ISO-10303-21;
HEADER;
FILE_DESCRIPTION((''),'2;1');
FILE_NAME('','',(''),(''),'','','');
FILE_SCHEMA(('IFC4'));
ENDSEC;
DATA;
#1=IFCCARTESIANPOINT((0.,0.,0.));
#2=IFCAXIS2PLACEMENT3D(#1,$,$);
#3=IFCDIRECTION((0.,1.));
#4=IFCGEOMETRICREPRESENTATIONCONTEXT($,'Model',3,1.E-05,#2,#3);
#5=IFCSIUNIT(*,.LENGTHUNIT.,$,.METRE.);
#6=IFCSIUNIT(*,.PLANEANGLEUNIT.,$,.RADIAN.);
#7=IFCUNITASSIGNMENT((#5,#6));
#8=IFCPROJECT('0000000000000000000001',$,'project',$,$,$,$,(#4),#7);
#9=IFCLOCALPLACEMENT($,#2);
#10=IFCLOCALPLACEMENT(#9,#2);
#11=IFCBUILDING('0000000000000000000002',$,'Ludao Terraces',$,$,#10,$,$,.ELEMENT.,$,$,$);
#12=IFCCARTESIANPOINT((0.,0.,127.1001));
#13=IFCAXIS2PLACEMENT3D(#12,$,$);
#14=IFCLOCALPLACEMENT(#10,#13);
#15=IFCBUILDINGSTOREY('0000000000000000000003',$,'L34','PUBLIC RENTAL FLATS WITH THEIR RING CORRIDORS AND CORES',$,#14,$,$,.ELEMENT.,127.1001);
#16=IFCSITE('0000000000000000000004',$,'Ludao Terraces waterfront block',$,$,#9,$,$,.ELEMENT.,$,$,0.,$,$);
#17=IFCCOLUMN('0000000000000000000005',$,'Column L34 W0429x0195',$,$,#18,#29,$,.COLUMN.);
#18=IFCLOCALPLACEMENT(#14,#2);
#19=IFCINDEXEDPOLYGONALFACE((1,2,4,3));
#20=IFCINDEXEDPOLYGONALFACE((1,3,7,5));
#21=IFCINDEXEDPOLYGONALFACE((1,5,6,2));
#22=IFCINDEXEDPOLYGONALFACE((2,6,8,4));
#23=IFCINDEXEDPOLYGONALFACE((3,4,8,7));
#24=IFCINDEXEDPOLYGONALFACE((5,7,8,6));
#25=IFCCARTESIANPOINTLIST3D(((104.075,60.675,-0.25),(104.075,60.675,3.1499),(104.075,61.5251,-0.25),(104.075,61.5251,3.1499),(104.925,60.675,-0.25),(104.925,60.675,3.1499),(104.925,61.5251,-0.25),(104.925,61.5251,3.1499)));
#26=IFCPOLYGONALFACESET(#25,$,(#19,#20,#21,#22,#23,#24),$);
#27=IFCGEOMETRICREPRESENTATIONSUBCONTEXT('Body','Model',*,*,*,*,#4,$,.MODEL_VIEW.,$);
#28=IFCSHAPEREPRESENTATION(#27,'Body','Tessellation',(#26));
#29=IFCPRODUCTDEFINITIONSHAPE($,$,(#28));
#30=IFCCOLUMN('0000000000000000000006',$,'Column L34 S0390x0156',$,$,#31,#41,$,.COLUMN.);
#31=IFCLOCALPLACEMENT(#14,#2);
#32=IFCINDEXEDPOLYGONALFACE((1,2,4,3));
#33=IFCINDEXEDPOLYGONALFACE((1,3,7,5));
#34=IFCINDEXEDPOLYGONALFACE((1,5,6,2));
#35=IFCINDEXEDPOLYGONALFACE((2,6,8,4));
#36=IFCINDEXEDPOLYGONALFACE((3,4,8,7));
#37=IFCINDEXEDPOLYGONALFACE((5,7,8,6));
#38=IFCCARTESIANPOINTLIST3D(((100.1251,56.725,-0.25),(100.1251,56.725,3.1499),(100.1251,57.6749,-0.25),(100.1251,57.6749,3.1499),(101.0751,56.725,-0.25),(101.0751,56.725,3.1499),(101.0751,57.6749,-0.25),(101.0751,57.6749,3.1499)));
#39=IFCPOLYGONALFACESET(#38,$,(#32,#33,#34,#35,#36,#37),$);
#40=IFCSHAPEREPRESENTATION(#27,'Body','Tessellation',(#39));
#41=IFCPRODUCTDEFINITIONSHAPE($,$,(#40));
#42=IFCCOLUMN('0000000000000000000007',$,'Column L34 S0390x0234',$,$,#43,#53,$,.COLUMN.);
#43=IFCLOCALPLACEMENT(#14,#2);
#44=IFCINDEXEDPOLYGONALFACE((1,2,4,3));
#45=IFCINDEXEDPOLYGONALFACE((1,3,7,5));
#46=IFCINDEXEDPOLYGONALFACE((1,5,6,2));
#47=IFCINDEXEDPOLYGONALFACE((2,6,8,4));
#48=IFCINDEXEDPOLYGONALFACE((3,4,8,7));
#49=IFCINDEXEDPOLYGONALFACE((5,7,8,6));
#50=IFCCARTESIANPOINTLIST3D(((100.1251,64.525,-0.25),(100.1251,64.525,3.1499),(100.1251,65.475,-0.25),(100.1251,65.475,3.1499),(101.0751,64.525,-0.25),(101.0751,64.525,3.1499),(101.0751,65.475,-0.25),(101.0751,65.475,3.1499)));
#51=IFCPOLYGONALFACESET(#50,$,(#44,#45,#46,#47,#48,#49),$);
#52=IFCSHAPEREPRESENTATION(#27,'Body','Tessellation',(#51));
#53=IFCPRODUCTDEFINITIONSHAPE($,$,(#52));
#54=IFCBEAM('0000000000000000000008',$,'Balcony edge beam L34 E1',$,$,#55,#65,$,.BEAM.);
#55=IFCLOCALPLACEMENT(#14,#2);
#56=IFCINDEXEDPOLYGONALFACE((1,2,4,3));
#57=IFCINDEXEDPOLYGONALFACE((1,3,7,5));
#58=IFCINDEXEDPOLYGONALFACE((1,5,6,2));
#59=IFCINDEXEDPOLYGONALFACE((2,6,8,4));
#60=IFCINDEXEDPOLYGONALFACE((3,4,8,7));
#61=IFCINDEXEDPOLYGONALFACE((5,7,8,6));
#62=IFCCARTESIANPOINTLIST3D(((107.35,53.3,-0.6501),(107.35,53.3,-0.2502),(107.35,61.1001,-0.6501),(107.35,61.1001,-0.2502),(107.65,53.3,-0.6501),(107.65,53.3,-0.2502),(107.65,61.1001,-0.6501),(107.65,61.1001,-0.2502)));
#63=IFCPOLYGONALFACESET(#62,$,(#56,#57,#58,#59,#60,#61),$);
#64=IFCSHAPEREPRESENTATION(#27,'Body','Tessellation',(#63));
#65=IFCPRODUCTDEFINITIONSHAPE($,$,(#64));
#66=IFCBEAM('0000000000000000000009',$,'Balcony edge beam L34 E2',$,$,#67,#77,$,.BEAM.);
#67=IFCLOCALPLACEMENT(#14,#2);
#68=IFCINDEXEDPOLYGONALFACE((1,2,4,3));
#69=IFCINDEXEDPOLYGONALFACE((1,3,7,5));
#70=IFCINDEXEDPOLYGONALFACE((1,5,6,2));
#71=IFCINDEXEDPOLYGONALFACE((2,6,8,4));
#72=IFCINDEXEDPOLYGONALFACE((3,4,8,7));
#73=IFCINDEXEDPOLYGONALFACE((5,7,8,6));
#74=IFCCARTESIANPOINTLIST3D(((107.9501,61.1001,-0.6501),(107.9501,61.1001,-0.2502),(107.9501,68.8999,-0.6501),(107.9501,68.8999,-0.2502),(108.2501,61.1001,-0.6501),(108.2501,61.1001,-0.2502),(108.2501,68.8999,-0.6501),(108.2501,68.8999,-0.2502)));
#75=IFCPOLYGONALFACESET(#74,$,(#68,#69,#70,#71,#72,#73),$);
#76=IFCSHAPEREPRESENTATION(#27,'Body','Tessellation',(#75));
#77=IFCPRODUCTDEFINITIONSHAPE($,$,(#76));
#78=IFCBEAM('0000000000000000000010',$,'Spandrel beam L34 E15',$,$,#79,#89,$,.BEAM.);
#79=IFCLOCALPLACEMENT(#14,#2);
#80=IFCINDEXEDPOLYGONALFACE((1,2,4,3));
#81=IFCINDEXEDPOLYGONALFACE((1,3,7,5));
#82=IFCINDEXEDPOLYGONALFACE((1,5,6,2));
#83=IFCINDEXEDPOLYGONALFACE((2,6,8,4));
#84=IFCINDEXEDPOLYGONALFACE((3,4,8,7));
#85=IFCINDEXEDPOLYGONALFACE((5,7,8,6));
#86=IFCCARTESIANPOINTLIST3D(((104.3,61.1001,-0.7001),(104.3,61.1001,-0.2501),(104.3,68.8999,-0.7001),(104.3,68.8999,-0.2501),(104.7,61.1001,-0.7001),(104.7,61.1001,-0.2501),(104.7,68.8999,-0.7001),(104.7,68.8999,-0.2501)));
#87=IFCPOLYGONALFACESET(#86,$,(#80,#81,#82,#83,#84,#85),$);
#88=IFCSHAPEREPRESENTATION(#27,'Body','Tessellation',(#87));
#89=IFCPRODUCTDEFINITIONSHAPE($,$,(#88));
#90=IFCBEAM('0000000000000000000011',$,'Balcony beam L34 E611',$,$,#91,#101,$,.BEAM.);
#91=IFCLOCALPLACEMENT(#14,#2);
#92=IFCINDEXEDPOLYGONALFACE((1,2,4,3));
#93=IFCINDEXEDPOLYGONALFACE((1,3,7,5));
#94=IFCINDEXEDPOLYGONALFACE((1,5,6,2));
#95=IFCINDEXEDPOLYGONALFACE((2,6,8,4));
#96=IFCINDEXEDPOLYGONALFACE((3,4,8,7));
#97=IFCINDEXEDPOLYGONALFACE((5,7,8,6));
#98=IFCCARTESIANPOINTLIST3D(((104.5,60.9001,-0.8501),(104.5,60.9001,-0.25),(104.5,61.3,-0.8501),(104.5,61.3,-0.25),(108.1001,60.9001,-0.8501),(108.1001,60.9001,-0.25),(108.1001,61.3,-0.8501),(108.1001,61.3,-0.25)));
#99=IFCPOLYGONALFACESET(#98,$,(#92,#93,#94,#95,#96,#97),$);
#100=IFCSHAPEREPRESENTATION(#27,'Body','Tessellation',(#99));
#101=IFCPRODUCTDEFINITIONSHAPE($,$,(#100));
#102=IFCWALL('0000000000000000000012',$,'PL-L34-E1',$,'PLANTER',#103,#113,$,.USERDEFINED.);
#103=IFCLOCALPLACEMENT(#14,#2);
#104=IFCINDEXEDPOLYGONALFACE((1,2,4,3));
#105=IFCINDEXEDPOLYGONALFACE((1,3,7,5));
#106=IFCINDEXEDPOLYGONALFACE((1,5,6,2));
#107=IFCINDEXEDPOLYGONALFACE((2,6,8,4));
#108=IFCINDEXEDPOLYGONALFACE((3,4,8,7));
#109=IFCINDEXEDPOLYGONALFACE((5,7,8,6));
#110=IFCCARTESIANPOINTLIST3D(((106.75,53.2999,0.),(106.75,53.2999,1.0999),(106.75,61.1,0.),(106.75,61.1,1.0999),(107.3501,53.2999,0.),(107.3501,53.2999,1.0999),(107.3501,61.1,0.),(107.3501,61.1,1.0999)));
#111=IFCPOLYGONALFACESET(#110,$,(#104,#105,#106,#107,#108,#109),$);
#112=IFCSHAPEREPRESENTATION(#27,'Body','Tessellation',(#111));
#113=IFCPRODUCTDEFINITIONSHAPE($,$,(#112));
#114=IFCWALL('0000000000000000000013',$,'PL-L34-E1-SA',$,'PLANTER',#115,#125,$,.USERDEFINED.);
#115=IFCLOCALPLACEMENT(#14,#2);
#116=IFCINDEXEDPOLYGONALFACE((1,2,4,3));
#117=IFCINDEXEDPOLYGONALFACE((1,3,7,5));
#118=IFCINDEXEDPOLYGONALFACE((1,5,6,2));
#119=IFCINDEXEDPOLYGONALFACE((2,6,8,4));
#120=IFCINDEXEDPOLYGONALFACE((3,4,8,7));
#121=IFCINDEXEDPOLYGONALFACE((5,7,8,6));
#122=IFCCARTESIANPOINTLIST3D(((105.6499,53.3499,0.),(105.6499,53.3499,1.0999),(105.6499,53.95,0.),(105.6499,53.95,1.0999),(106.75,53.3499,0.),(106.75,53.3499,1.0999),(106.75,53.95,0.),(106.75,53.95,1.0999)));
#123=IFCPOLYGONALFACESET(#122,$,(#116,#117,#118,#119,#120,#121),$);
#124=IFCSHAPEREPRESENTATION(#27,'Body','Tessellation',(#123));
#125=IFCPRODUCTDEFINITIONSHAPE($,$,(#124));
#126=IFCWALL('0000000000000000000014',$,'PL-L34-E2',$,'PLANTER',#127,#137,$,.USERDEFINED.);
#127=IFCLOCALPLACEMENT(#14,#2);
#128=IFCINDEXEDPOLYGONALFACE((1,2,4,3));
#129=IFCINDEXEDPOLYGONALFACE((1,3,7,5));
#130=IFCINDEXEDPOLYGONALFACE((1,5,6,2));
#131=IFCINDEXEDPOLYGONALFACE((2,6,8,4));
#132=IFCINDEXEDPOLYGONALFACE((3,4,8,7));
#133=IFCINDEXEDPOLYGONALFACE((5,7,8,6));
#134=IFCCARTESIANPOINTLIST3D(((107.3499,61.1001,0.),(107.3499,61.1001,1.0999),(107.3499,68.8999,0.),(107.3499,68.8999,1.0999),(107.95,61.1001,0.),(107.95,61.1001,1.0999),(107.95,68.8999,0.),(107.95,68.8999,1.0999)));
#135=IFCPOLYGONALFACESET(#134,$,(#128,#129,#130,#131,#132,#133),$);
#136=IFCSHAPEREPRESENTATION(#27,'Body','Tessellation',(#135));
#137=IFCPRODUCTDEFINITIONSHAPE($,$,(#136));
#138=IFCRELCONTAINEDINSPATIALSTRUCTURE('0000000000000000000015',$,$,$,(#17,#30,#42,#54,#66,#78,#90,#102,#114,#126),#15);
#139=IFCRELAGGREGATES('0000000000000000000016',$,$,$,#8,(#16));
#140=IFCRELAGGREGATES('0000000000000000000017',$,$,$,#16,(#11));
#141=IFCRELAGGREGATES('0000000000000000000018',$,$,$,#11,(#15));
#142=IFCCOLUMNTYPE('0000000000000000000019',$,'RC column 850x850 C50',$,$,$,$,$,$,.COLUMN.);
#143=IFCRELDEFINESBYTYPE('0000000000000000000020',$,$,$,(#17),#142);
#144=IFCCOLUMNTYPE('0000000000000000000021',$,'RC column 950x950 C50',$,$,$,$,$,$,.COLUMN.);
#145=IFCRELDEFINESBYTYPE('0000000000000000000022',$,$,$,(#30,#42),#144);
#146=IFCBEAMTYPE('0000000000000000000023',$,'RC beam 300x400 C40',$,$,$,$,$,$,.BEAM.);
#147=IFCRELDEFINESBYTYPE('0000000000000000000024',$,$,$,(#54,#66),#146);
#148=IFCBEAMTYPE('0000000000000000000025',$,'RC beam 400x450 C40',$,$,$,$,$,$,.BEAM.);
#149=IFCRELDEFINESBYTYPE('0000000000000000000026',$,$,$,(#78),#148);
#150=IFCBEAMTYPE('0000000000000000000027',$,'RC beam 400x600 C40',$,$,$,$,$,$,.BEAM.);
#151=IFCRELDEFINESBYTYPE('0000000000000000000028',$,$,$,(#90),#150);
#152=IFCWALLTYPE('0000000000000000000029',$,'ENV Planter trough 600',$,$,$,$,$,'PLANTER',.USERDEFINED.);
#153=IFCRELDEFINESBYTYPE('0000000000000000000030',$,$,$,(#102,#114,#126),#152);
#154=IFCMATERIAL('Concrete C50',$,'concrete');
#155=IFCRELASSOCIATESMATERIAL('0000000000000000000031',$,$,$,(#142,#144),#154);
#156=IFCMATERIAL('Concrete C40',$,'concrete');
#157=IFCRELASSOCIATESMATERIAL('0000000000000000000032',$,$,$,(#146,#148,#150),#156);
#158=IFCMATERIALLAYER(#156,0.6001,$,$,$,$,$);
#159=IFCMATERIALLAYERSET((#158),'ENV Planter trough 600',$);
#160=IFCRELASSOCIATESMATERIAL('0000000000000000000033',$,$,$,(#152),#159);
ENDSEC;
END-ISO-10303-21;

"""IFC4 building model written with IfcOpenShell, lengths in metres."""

from ifc_helpers import new_model, si_unit, direction, frame, frame_2d, origin, origin_2d, place, context, subcontext, project, spatial, rectangle, extrude, material, layer, layer_set, material_profile, profile_set, type_object, element, save


model = new_model("IFC4")

# Units and contexts
model_context = context("Model", 3, precision=1e-05, world=origin(), true_north=direction((0.0, 1.0)))
body_context = subcontext(model_context, "Body", "Model", "MODEL_VIEW")
ifc_project = project(units=[si_unit("LENGTHUNIT", "METRE"), si_unit("PLANEANGLEUNIT", "RADIAN")], contexts=[model_context])

# Site, building, storey
site_placement = place(None, origin())
site = spatial("IfcSite", under=ifc_project, at=site_placement, Name="Ludao Terraces waterfront block", CompositionType="ELEMENT", RefElevation=0.0)
building_placement = place(site_placement, origin())
building = spatial("IfcBuilding", under=site, at=building_placement, Name="Ludao Terraces", CompositionType="ELEMENT")
storey_placement = place(building_placement, frame((0.0, 0.0, 127.1001)))
storey = spatial("IfcBuildingStorey", under=building, at=storey_placement, Name="L34", Description="PUBLIC RENTAL FLATS WITH THEIR RING CORRIDORS AND CORES", CompositionType="ELEMENT", Elevation=127.1001)

# Columns
ifc_material_1 = material(Name="Concrete C50", Category="concrete")
ifc_material_profile_1 = material_profile(ifc_material_1, rectangle(XDim=0.8501, YDim=0.8501, at=origin_2d()), Name="850 X 850")
ifc_profile_set_1 = profile_set([ifc_material_profile_1], Name="Concrete C50")
column_type_1 = type_object("IfcColumnType", Name="RC column 850x850 C50", PredefinedType="COLUMN", material=ifc_profile_set_1)
column_placement = place(storey_placement, frame((104.5, 61.1001, -0.25), z_axis=(0.0, 0.0, 1.0), x_axis=(1.0, 0.0, 0.0)))
element("IfcColumn", 1, at=column_placement, inside=storey, type_object=column_type_1, Name="Column L34 W0429x0195", PredefinedType="COLUMN", context=body_context, shape_type="SweptSolid", body=[
    extrude(rectangle(XDim=0.8501, YDim=0.8501, at=origin_2d()), origin(), (0.0, 0.0, 1.0), 3.3999),
])
ifc_material_profile_2 = material_profile(ifc_material_1, rectangle(XDim=0.95, YDim=0.95, at=origin_2d()), Name="950 X 950")
ifc_profile_set_2 = profile_set([ifc_material_profile_2], Name="Concrete C50")
column_type_2 = type_object("IfcColumnType", Name="RC column 950x950 C50", PredefinedType="COLUMN", material=ifc_profile_set_2)
for number, where, z_axis, x_axis, name in (
    (2, (100.6001, 57.2, -0.25), (0.0, 0.0, 1.0), (1.0, 0.0, 0.0), "Column L34 S0390x0156"),
    (3, (100.6001, 65.0, -0.25), (0.0, 0.0, 1.0), (1.0, 0.0, 0.0), "Column L34 S0390x0234"),
):
    element("IfcColumn", number, at=place(storey_placement, frame(where, z_axis=z_axis, x_axis=x_axis)), inside=storey, type_object=column_type_2, Name=name, PredefinedType="COLUMN", context=body_context, shape_type="SweptSolid", body=[
        extrude(rectangle(XDim=0.95, YDim=0.95, at=origin_2d()), origin(), (0.0, 0.0, 1.0), 3.3999),
    ])

# Beams
ifc_material_2 = material(Name="Concrete C40", Category="concrete")
ifc_material_profile_3 = material_profile(ifc_material_2, rectangle(XDim=0.3, YDim=0.3999, at=origin_2d()), Name="300 X 400")
ifc_profile_set_3 = profile_set([ifc_material_profile_3], Name="Concrete C40")
beam_type_1 = type_object("IfcBeamType", Name="RC beam 300x400 C40", PredefinedType="BEAM", material=ifc_profile_set_3)
beam_1_placement = place(storey_placement, frame((107.5, 53.3, -0.4502), z_axis=(0.0, 1.0, 0.0), x_axis=(-1.0, 0.0, 0.0)))
element("IfcBeam", 4, at=beam_1_placement, inside=storey, type_object=beam_type_1, Name="Balcony edge beam L34 E1", PredefinedType="BEAM", context=body_context, shape_type="SweptSolid", body=[
    extrude(rectangle(XDim=0.3, YDim=0.3999, at=origin_2d()), origin(), (0.0, 0.0, 1.0), 7.8),
])
beam_2_placement = place(storey_placement, frame((108.1001, 61.1001, -0.4502), z_axis=(0.0, 1.0, 0.0), x_axis=(-1.0, 0.0, 0.0)))
element("IfcBeam", 5, at=beam_2_placement, inside=storey, type_object=beam_type_1, Name="Balcony edge beam L34 E2", PredefinedType="BEAM", context=body_context, shape_type="SweptSolid", body=[
    extrude(rectangle(XDim=0.3, YDim=0.3999, at=origin_2d()), origin(), (0.0, 0.0, 1.0), 7.7998),
])
ifc_material_profile_4 = material_profile(ifc_material_2, rectangle(XDim=0.3999, YDim=0.45, at=origin_2d()), Name="400 X 450")
ifc_profile_set_4 = profile_set([ifc_material_profile_4], Name="Concrete C40")
beam_type_2 = type_object("IfcBeamType", Name="RC beam 400x450 C40", PredefinedType="BEAM", material=ifc_profile_set_4)
beam_3_placement = place(storey_placement, frame((104.5, 61.1001, -0.4751), z_axis=(0.0, 1.0, 0.0), x_axis=(-1.0, 0.0, 0.0)))
element("IfcBeam", 6, at=beam_3_placement, inside=storey, type_object=beam_type_2, Name="Spandrel beam L34 E15", PredefinedType="BEAM", context=body_context, shape_type="SweptSolid", body=[
    extrude(rectangle(XDim=0.3999, YDim=0.45, at=origin_2d()), origin(), (0.0, 0.0, 1.0), 7.7998),
])
ifc_material_profile_5 = material_profile(ifc_material_2, rectangle(XDim=0.3999, YDim=0.6001, at=origin_2d()), Name="400 X 600")
ifc_profile_set_5 = profile_set([ifc_material_profile_5], Name="Concrete C40")
beam_type_3 = type_object("IfcBeamType", Name="RC beam 400x600 C40", PredefinedType="BEAM", material=ifc_profile_set_5)
beam_4_placement = place(storey_placement, frame((104.5, 61.1001, -0.55), z_axis=(1.0, 0.0, 0.0), x_axis=(0.0, 1.0, 0.0)))
element("IfcBeam", 7, at=beam_4_placement, inside=storey, type_object=beam_type_3, Name="Balcony beam L34 E611", PredefinedType="BEAM", context=body_context, shape_type="SweptSolid", body=[
    extrude(rectangle(XDim=0.3999, YDim=0.6001, at=origin_2d()), origin(), (0.0, 0.0, 1.0), 3.6001),
])

# Walls
ifc_layer_1 = layer(ifc_material_2, 0.6001)
ifc_layer_set_1 = layer_set([ifc_layer_1], Name="ENV Planter trough 600")
wall_type_1 = type_object("IfcWallType", Name="ENV Planter trough 600", ElementType="PLANTER", PredefinedType="USERDEFINED", material=ifc_layer_set_1)
wall_1_placement = place(storey_placement, frame((107.05, 53.3, 0.0), z_axis=(0.0, 0.0, 1.0), x_axis=(0.0, 1.0, 0.0)))
element("IfcWall", 8, at=wall_1_placement, inside=storey, type_object=wall_type_1, Name="PL-L34-E1", ObjectType="PLANTER", PredefinedType="USERDEFINED", context=body_context, shape_type="SweptSolid", body=[
    extrude(rectangle(XDim=7.8, YDim=0.6001, at=frame_2d((3.8999, 0.0))), origin(), (0.0, 0.0, 1.0), 1.0999),
])
wall_2_placement = place(storey_placement, frame((106.75, 53.6499, 0.0), z_axis=(0.0, 0.0, 1.0), x_axis=(-1.0, 0.0, 0.0)))
element("IfcWall", 9, at=wall_2_placement, inside=storey, type_object=wall_type_1, Name="PL-L34-E1-SA", ObjectType="PLANTER", PredefinedType="USERDEFINED", context=body_context, shape_type="SweptSolid", body=[
    extrude(rectangle(XDim=1.1001, YDim=0.6001, at=frame_2d((0.55, 0.0))), origin(), (0.0, 0.0, 1.0), 1.0999),
])
wall_3_placement = place(storey_placement, frame((107.6499, 61.1001, 0.0), z_axis=(0.0, 0.0, 1.0), x_axis=(0.0, 1.0, 0.0)))
element("IfcWall", 10, at=wall_3_placement, inside=storey, type_object=wall_type_1, Name="PL-L34-E2", ObjectType="PLANTER", PredefinedType="USERDEFINED", context=body_context, shape_type="SweptSolid", body=[
    extrude(rectangle(XDim=7.7998, YDim=0.6001, at=frame_2d((3.8999, 0.0))), origin(), (0.0, 0.0, 1.0), 1.0999),
])

save(model, "model.ifc")
